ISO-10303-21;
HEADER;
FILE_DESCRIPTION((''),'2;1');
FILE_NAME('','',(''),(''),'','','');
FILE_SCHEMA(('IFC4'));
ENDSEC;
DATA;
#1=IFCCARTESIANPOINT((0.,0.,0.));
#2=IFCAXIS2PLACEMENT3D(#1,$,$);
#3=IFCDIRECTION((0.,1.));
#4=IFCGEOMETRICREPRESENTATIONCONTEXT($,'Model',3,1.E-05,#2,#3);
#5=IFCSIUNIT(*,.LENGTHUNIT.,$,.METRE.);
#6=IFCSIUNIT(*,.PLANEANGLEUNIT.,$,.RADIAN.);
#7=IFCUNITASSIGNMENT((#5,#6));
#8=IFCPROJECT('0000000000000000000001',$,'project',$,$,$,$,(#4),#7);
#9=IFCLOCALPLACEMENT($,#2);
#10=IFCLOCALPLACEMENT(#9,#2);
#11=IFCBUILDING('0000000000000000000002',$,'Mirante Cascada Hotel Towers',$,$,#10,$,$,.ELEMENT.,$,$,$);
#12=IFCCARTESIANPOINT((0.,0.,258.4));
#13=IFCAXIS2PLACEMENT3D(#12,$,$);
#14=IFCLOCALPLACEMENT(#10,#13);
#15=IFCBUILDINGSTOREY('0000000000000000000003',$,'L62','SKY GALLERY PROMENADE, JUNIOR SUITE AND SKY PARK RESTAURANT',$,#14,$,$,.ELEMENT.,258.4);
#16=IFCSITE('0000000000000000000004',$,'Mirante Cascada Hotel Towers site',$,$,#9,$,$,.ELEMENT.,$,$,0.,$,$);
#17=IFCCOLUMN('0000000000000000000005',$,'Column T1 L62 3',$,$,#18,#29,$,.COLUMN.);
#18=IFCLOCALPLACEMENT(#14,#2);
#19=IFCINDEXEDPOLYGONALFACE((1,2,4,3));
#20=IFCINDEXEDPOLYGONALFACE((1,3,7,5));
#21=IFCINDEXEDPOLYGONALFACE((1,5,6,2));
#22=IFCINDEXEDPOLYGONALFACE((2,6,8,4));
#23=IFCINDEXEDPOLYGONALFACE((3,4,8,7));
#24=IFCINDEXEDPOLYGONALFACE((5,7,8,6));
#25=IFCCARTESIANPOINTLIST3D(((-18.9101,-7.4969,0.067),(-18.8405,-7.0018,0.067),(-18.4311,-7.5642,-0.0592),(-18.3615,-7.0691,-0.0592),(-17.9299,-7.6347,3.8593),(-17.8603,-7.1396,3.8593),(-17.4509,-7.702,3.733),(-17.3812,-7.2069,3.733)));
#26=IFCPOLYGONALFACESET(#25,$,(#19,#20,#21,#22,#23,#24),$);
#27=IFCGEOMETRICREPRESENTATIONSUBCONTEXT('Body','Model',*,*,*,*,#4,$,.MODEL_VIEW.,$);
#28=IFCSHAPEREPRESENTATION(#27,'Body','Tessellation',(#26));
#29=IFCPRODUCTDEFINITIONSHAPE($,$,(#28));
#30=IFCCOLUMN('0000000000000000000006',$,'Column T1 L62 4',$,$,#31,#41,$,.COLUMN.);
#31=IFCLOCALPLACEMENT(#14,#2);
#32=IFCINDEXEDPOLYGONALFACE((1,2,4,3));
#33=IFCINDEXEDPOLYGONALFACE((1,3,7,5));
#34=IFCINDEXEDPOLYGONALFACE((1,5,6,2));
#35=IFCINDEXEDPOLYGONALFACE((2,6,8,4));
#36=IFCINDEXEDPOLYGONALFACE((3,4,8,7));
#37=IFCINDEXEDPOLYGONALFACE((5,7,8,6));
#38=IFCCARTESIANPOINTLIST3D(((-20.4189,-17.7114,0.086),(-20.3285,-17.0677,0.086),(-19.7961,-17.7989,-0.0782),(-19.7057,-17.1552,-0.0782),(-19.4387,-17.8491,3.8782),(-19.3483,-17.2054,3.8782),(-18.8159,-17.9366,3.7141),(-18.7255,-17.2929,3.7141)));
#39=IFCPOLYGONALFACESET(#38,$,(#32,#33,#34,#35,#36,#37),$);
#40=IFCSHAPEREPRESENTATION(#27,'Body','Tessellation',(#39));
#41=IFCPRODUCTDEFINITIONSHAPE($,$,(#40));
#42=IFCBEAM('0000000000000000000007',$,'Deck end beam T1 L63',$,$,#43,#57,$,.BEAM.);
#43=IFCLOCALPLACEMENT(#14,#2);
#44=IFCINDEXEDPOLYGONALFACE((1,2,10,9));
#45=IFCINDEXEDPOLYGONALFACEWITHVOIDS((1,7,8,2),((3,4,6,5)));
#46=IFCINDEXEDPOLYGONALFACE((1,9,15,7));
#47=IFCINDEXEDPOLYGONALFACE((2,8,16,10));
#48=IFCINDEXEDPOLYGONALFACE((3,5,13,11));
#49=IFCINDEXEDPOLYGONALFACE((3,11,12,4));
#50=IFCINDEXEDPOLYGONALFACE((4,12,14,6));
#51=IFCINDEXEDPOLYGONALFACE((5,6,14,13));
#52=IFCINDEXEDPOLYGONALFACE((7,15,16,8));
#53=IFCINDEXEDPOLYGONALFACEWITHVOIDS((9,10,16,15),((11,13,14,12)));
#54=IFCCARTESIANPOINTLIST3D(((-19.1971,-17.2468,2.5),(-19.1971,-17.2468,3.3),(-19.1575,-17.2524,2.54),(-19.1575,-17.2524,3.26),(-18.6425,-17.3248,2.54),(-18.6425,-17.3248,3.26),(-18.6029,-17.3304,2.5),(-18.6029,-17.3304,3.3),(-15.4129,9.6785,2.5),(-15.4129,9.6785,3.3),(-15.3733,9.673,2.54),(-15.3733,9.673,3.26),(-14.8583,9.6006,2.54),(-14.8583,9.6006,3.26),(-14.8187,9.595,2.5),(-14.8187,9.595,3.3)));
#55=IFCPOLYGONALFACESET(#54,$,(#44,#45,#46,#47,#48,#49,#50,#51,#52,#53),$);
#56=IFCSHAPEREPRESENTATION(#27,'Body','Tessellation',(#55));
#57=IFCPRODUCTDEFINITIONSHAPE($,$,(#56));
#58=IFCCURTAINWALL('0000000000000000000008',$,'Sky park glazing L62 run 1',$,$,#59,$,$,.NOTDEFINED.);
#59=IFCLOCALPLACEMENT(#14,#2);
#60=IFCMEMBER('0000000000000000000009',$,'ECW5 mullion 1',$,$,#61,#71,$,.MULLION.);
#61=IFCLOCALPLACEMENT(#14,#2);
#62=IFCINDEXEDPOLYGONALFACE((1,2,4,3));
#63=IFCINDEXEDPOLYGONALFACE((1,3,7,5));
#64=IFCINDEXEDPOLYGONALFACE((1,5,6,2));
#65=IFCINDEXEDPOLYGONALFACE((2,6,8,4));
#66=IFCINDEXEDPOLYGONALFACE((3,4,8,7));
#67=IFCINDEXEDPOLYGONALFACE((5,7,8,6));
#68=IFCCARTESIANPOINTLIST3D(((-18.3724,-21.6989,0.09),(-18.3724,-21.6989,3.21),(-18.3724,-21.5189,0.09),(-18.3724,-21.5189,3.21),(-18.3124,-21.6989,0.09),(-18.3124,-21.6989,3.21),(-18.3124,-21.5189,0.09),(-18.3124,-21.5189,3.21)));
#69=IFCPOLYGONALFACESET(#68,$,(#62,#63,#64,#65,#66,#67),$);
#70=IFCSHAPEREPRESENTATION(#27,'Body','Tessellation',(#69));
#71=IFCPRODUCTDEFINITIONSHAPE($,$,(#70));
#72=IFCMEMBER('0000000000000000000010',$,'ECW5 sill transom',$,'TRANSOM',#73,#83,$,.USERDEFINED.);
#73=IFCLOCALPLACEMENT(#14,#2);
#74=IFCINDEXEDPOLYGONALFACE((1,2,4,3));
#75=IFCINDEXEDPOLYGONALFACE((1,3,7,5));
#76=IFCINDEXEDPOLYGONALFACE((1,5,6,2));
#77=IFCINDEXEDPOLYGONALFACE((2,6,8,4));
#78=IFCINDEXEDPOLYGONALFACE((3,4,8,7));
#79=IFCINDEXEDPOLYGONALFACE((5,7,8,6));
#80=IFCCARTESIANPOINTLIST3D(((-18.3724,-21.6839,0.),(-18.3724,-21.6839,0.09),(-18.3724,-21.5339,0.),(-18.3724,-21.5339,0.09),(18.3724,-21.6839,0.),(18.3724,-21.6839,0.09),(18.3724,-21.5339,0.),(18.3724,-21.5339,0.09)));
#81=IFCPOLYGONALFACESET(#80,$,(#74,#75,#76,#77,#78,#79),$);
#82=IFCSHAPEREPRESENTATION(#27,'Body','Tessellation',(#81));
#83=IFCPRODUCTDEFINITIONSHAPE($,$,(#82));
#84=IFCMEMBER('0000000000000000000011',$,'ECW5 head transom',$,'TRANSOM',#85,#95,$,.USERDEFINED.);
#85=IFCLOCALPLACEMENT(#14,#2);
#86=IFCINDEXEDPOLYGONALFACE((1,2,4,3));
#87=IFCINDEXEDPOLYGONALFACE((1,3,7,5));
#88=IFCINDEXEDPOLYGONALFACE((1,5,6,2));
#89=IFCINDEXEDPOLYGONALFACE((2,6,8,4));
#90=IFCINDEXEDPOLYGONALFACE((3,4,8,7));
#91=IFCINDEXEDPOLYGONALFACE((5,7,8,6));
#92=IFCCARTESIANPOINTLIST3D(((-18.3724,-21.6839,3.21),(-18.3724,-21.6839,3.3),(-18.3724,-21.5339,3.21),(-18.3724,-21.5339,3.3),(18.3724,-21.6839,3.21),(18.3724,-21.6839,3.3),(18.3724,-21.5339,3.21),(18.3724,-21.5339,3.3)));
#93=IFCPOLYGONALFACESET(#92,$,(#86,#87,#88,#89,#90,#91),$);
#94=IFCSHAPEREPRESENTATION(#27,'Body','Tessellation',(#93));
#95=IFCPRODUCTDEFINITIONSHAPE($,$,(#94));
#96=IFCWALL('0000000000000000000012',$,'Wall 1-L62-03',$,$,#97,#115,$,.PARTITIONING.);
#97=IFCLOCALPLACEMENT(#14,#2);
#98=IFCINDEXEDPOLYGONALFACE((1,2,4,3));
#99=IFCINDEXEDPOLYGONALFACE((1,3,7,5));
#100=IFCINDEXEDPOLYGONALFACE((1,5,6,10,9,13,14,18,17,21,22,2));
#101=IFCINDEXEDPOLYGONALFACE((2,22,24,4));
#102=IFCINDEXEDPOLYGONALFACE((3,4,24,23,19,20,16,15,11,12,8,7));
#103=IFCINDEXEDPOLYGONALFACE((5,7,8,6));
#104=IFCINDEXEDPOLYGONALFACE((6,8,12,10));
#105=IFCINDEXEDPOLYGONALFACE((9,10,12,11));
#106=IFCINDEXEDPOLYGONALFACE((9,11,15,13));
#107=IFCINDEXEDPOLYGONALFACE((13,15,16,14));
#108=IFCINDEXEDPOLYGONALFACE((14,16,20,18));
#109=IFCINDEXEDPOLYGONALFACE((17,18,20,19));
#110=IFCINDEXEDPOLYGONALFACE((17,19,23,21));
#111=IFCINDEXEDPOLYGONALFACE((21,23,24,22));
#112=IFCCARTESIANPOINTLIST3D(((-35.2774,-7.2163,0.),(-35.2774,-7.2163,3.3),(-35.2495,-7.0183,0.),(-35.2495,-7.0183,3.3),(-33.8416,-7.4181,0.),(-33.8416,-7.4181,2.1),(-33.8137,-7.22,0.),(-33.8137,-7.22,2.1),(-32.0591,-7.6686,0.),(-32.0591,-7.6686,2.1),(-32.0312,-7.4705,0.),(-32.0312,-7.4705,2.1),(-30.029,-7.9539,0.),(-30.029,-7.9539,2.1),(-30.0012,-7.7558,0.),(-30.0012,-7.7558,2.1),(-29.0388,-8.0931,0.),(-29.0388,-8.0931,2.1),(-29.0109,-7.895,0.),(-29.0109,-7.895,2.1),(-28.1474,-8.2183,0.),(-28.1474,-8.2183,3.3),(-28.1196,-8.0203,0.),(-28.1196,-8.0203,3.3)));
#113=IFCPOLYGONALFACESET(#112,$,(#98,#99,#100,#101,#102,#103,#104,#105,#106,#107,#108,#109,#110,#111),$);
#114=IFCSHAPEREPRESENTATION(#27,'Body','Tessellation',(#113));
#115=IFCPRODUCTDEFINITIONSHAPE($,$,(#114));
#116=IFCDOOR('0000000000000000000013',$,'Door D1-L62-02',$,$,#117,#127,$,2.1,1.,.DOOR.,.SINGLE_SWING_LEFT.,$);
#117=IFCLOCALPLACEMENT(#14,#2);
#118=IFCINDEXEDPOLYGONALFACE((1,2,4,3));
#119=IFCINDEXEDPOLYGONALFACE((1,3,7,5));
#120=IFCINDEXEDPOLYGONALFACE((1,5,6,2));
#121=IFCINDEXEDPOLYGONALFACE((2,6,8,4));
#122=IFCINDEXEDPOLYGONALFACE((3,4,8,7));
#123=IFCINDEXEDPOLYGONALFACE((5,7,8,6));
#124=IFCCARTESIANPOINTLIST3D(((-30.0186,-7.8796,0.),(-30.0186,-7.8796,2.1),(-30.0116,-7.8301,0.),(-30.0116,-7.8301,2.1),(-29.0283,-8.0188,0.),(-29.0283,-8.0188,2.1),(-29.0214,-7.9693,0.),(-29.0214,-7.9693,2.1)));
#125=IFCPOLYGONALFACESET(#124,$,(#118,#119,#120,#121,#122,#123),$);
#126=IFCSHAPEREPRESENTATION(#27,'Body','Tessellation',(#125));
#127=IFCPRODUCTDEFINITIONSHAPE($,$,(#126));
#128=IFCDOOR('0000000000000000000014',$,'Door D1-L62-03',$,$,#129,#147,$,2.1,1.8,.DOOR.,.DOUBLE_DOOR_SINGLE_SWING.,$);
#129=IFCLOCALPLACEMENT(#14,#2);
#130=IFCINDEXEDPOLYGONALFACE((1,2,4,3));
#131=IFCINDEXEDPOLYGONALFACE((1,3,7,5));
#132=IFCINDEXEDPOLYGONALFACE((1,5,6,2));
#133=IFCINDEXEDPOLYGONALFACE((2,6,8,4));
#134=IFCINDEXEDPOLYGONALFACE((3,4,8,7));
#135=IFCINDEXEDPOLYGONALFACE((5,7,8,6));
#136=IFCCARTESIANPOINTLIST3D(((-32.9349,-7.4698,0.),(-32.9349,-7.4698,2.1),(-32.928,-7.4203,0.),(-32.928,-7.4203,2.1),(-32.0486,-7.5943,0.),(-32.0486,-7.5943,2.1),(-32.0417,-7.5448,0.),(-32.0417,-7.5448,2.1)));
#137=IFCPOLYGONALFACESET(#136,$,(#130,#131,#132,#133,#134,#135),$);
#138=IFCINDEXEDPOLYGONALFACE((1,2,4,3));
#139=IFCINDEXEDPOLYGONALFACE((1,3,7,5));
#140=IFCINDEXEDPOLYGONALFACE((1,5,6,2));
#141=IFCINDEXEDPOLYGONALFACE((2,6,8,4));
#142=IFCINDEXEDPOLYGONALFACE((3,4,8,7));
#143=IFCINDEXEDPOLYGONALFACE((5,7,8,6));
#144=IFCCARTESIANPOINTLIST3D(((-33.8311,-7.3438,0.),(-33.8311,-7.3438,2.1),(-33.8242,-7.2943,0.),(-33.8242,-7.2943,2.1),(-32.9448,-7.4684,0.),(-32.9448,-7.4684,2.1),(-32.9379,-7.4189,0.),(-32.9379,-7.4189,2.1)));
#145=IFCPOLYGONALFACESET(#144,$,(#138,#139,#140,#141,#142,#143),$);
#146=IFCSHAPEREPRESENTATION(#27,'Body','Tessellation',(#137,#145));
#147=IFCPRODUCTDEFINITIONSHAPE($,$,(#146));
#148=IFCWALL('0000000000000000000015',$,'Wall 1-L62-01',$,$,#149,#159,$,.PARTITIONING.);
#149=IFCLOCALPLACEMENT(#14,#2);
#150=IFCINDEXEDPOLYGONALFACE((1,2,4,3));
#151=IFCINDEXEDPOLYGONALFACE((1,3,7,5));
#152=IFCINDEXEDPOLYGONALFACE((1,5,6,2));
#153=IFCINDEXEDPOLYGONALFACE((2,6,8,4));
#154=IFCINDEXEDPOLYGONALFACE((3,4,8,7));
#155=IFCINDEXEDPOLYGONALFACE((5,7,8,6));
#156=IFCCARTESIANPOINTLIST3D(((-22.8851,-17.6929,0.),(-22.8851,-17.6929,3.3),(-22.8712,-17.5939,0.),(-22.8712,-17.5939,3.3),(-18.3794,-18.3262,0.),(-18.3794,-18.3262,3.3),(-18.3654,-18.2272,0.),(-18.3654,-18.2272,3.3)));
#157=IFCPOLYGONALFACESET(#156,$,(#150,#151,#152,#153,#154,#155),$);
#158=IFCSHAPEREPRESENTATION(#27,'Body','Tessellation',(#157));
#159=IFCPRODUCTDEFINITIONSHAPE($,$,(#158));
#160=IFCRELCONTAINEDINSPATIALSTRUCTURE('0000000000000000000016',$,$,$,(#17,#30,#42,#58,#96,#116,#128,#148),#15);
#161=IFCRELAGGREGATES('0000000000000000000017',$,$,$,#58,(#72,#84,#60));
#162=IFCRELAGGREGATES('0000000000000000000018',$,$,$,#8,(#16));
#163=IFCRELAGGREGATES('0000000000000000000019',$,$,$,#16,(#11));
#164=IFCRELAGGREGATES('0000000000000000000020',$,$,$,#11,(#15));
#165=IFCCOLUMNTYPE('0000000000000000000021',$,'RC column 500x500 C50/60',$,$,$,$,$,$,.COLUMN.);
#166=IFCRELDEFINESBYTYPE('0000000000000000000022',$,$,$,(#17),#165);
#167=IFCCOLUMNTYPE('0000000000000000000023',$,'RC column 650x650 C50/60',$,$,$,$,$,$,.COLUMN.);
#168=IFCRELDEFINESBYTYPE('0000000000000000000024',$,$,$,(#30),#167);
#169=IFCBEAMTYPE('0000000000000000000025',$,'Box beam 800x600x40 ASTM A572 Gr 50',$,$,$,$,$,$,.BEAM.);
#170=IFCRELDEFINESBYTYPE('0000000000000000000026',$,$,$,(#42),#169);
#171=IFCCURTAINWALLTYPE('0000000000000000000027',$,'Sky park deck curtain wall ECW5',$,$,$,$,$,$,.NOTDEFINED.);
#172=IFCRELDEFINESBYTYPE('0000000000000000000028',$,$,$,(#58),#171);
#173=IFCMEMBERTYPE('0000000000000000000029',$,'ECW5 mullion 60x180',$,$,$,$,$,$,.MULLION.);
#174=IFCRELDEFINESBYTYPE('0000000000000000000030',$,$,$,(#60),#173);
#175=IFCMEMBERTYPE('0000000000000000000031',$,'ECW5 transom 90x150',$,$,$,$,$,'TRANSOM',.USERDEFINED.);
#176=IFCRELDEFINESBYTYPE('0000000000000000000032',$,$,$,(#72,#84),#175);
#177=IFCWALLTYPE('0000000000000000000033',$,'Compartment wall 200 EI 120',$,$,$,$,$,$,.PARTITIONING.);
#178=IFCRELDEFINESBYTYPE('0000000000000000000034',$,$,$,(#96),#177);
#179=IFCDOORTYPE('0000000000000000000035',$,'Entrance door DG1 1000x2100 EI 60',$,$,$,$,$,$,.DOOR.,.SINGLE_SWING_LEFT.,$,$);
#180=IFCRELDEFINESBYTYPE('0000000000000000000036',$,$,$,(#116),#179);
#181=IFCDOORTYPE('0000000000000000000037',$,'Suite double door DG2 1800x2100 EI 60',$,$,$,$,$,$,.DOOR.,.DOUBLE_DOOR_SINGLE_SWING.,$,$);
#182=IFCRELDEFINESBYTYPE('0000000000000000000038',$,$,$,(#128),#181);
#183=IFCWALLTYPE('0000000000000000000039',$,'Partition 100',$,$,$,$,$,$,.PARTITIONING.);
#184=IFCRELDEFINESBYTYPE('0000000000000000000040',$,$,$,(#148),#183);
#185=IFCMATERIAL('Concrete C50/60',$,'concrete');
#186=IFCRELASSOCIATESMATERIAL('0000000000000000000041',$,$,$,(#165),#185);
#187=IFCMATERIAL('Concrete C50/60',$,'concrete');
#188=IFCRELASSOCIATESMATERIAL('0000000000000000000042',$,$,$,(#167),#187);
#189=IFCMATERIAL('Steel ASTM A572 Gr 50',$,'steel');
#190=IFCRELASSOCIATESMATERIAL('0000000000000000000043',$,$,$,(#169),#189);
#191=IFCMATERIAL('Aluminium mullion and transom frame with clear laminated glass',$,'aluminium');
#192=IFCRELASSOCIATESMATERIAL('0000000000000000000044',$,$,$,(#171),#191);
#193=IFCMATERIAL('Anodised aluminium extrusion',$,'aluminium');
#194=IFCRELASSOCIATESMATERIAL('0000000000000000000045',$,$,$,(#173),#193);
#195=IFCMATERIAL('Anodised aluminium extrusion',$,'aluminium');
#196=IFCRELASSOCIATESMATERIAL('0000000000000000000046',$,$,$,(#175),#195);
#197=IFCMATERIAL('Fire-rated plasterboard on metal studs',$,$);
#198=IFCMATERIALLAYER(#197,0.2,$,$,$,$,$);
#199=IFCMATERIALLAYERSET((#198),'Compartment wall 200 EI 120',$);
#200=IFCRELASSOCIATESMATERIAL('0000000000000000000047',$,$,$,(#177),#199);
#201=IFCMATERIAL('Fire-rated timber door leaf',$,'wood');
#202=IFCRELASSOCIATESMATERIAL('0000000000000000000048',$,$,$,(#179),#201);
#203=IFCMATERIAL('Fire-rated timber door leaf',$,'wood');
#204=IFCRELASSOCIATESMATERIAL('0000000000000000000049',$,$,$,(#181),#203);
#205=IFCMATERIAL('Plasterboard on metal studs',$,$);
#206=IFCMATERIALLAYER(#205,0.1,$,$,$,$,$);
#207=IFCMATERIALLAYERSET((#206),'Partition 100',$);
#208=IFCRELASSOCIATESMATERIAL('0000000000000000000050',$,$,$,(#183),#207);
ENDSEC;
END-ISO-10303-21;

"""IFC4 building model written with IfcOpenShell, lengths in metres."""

from ifc_helpers import new_model, si_unit, direction, frame, frame_2d, origin, origin_2d, place, context, subcontext, project, spatial, rectangle, hollow_rectangle, extrude, material, layer, layer_set, material_profile, profile_set, type_object, element, fill, aggregate, save


model = new_model("IFC4")

# Units and contexts
model_context = context("Model", 3, precision=1e-05, world=origin(), true_north=direction((0.0, 1.0)))
body_context = subcontext(model_context, "Body", "Model", "MODEL_VIEW")
ifc_project = project(units=[si_unit("LENGTHUNIT", "METRE"), si_unit("PLANEANGLEUNIT", "RADIAN")], contexts=[model_context])

# Site, building, storey
site_placement = place(None, origin())
site = spatial("IfcSite", under=ifc_project, at=site_placement, Name="Mirante Cascada Hotel Towers site", CompositionType="ELEMENT", RefElevation=0.0)
building_placement = place(site_placement, origin())
building = spatial("IfcBuilding", under=site, at=building_placement, Name="Mirante Cascada Hotel Towers", CompositionType="ELEMENT")
storey_placement = place(building_placement, frame((0.0, 0.0, 258.4)))
storey = spatial("IfcBuildingStorey", under=building, at=storey_placement, Name="L62", Description="SKY GALLERY PROMENADE, JUNIOR SUITE AND SKY PARK RESTAURANT", CompositionType="ELEMENT", Elevation=258.4)

# Columns
ifc_material_1 = material(Name="Concrete C50/60", Category="concrete")
ifc_material_profile_1 = material_profile(ifc_material_1, rectangle(XDim=0.5, YDim=0.5, at=origin_2d()), Name="RC column 500x500 C50/60")
ifc_profile_set_1 = profile_set([ifc_material_profile_1], Name="Concrete C50/60")
column_type_1 = type_object("IfcColumnType", Name="RC column 500x500 C50/60", PredefinedType="COLUMN", material=ifc_profile_set_1)
column_1_placement = place(storey_placement, frame((-18.6358, -7.283, 0.0039), z_axis=(0.250099, -0.03516, 0.967582), x_axis=(0.139215, 0.990262, 0.0)))
element("IfcColumn", 1, at=column_1_placement, inside=storey, type_object=column_type_1, Name="Column T1 L62 3", PredefinedType="COLUMN", context=body_context, shape_type="SweptSolid", body=[
    extrude(rectangle(XDim=0.5, YDim=0.5, at=origin_2d()), origin(), (0.0, 0.0, 1.0), 3.9193),
])
ifc_material_2 = material(Name="Concrete C50/60", Category="concrete")
ifc_material_profile_2 = material_profile(ifc_material_2, rectangle(XDim=0.65, YDim=0.65, at=origin_2d()), Name="RC column 650x650 C50/60")
ifc_profile_set_2 = profile_set([ifc_material_profile_2], Name="Concrete C50/60")
column_type_2 = type_object("IfcColumnType", Name="RC column 650x650 C50/60", PredefinedType="COLUMN", material=ifc_profile_set_2)
column_2_placement = place(storey_placement, frame((-20.0623, -17.4333, 0.0039), z_axis=(0.250099, -0.035134, 0.967583), x_axis=(0.139116, 0.990276, 0.0)))
element("IfcColumn", 2, at=column_2_placement, inside=storey, type_object=column_type_2, Name="Column T1 L62 4", PredefinedType="COLUMN", context=body_context, shape_type="SweptSolid", body=[
    extrude(rectangle(XDim=0.65, YDim=0.65, at=origin_2d()), origin(), (0.0, 0.0, 1.0), 3.9193),
])

# Beam
ifc_material_3 = material(Name="Steel ASTM A572 Gr 50", Category="steel")
ifc_material_profile_3 = material_profile(ifc_material_3, hollow_rectangle(XDim=0.6, YDim=0.8, WallThickness=0.04, at=origin_2d()), Name="Box beam 800x600x40 ASTM A572 Gr 50")
ifc_profile_set_3 = profile_set([ifc_material_profile_3], Name="Steel ASTM A572 Gr 50")
beam_type = type_object("IfcBeamType", Name="Box beam 800x600x40 ASTM A572 Gr 50", PredefinedType="BEAM", material=ifc_profile_set_3)
beam_placement = place(storey_placement, frame((-18.9, -17.2886, 2.9), z_axis=(0.139176, 0.990268, 0.0), x_axis=(-0.990268, 0.139176, 0.0)))
element("IfcBeam", 3, at=beam_placement, inside=storey, type_object=beam_type, Name="Deck end beam T1 L63", PredefinedType="BEAM", context=body_context, shape_type="SweptSolid", body=[
    extrude(hollow_rectangle(XDim=0.6, YDim=0.8, WallThickness=0.04, at=origin_2d()), origin(), (0.0, 0.0, 1.0), 27.19),
])

# Curtain wall, members
ifc_material_4 = material(Name="Aluminium mullion and transom frame with clear laminated glass", Category="aluminium")
curtain_wall_type = type_object("IfcCurtainWallType", Name="Sky park deck curtain wall ECW5", PredefinedType="NOTDEFINED", material=ifc_material_4)
curtain_wall_placement = place(storey_placement, origin())
curtain_wall = element("IfcCurtainWall", 4, at=curtain_wall_placement, inside=storey, type_object=curtain_wall_type, Name="Sky park glazing L62 run 1", PredefinedType="NOTDEFINED")
ifc_material_5 = material(Name="Anodised aluminium extrusion", Category="aluminium")
ifc_material_profile_4 = material_profile(ifc_material_5, rectangle(XDim=0.18, YDim=0.06, at=origin_2d()), Name="ECW5 MULLION 60x180")
ifc_profile_set_4 = profile_set([ifc_material_profile_4], Name="Anodised aluminium extrusion")
member_type_1 = type_object("IfcMemberType", Name="ECW5 mullion 60x180", PredefinedType="MULLION", material=ifc_profile_set_4)
member_1_placement = place(storey_placement, frame((-18.3424, -21.6089, 0.09), z_axis=(0.0, 0.0, 1.0), x_axis=(0.0, 1.0, 0.0)))
member_1 = element("IfcMember", 5, at=member_1_placement, type_object=member_type_1, Name="ECW5 mullion 1", PredefinedType="MULLION", context=body_context, shape_type="SweptSolid", body=[
    extrude(rectangle(XDim=0.18, YDim=0.06, at=origin_2d()), origin(), (0.0, 0.0, 1.0), 3.12),
])
ifc_material_6 = material(Name="Anodised aluminium extrusion", Category="aluminium")
ifc_material_profile_5 = material_profile(ifc_material_6, rectangle(XDim=0.15, YDim=0.09, at=origin_2d()), Name="ECW5 TRANSOM 90x150")
ifc_profile_set_5 = profile_set([ifc_material_profile_5], Name="Anodised aluminium extrusion")
member_type_2 = type_object("IfcMemberType", Name="ECW5 transom 90x150", ElementType="TRANSOM", PredefinedType="USERDEFINED", material=ifc_profile_set_5)
member_2_placement = place(storey_placement, frame((-18.3724, -21.6089, 0.045), z_axis=(1.0, 0.0, 0.0), x_axis=(0.0, 1.0, 0.0)))
member_2 = element("IfcMember", 6, at=member_2_placement, type_object=member_type_2, Name="ECW5 sill transom", ObjectType="TRANSOM", PredefinedType="USERDEFINED", context=body_context, shape_type="SweptSolid", body=[
    extrude(rectangle(XDim=0.15, YDim=0.09, at=origin_2d()), origin(), (0.0, 0.0, 1.0), 36.7448),
])
member_3_placement = place(storey_placement, frame((-18.3724, -21.6089, 3.255), z_axis=(1.0, 0.0, 0.0), x_axis=(0.0, 1.0, 0.0)))
member_3 = element("IfcMember", 7, at=member_3_placement, type_object=member_type_2, Name="ECW5 head transom", ObjectType="TRANSOM", PredefinedType="USERDEFINED", context=body_context, shape_type="SweptSolid", body=[
    extrude(rectangle(XDim=0.15, YDim=0.09, at=origin_2d()), origin(), (0.0, 0.0, 1.0), 36.7448),
])
aggregate(curtain_wall, [member_2, member_3, member_1])

# Wall, openings, doors
ifc_material_7 = material(Name="Fire-rated plasterboard on metal studs")
ifc_layer_1 = layer(ifc_material_7, 0.2)
ifc_layer_set_1 = layer_set([ifc_layer_1], Name="Compartment wall 200 EI 120")
wall_type_1 = type_object("IfcWallType", Name="Compartment wall 200 EI 120", PredefinedType="PARTITIONING", material=ifc_layer_set_1)
wall_1_placement = place(storey_placement, frame((-28.1335, -8.1193, 0.0), z_axis=(0.0, 0.0, 1.0), x_axis=(-0.990269, 0.139167, 0.0)))
wall_1 = element("IfcWall", 8, at=wall_1_placement, inside=storey, type_object=wall_type_1, Name="Wall 1-L62-03", PredefinedType="PARTITIONING", context=body_context, shape_type="SweptSolid", body=[
    extrude(rectangle(XDim=7.2, YDim=0.2, at=frame_2d((3.6, 0.0))), origin(), (0.0, 0.0, 1.0), 3.3),
])
opening_1_placement = place(wall_1_placement, frame((0.9001, 0.0, 0.0)))
opening_1 = element("IfcOpeningElement", 9, at=opening_1_placement, cuts=wall_1, PredefinedType="OPENING", context=body_context, shape_type="SweptSolid", body=[
    extrude(rectangle(XDim=1.0, YDim=2.1, at=frame_2d((0.5, 1.05))), frame((0.0, 0.1, 0.0), z_axis=(0.0, -1.0, 0.0), x_axis=(1.0, 0.0, 0.0)), (0.0, 0.0, 1.0), 0.2),
])
opening_2_placement = place(wall_1_placement, frame((3.9501, 0.0, 0.0)))
opening_2 = element("IfcOpeningElement", 10, at=opening_2_placement, cuts=wall_1, PredefinedType="OPENING", context=body_context, shape_type="SweptSolid", body=[
    extrude(rectangle(XDim=1.8, YDim=2.1, at=frame_2d((0.9, 1.05))), frame((0.0, 0.1, 0.0), z_axis=(0.0, -1.0, 0.0), x_axis=(1.0, 0.0, 0.0)), (0.0, 0.0, 1.0), 0.2),
])
ifc_material_8 = material(Name="Fire-rated timber door leaf", Category="wood")
door_type_1 = type_object("IfcDoorType", Name="Entrance door DG1 1000x2100 EI 60", OperationType="SINGLE_SWING_LEFT", PredefinedType="DOOR", material=ifc_material_8)
door_1_placement = place(opening_1_placement, origin())
door_1 = element("IfcDoor", 11, at=door_1_placement, inside=storey, type_object=door_type_1, Name="Door D1-L62-02", OperationType="SINGLE_SWING_LEFT", OverallHeight=2.1, OverallWidth=1.0, PredefinedType="DOOR", context=body_context, shape_type="SweptSolid", body=[
    extrude(rectangle(XDim=1.0, YDim=2.1, at=frame_2d((0.5, 1.05))), frame((0.0, 0.025, 0.0), z_axis=(0.0, -1.0, 0.0), x_axis=(1.0, 0.0, 0.0)), (0.0, 0.0, 1.0), 0.05),
])
fill(opening_1, door_1)
ifc_material_9 = material(Name="Fire-rated timber door leaf", Category="wood")
door_type_2 = type_object("IfcDoorType", Name="Suite double door DG2 1800x2100 EI 60", OperationType="DOUBLE_DOOR_SINGLE_SWING", PredefinedType="DOOR", material=ifc_material_9)
door_2_placement = place(opening_2_placement, origin())
door_2 = element("IfcDoor", 12, at=door_2_placement, inside=storey, type_object=door_type_2, Name="Door D1-L62-03", OperationType="DOUBLE_DOOR_SINGLE_SWING", OverallHeight=2.1, OverallWidth=1.8, PredefinedType="DOOR", context=body_context, shape_type="SweptSolid", body=[
    extrude(rectangle(XDim=0.895, YDim=2.1, at=frame_2d((0.4475, 1.05))), frame((0.0, 0.025, 0.0), z_axis=(0.0, -1.0, 0.0), x_axis=(1.0, 0.0, 0.0)), (0.0, 0.0, 1.0), 0.05),
    extrude(rectangle(XDim=0.895, YDim=2.1, at=frame_2d((1.3525, 1.05))), frame((0.0, 0.025, 0.0), z_axis=(0.0, -1.0, 0.0), x_axis=(1.0, 0.0, 0.0)), (0.0, 0.0, 1.0), 0.05),
])
fill(opening_2, door_2)

# Wall
ifc_material_10 = material(Name="Plasterboard on metal studs")
ifc_layer_2 = layer(ifc_material_10, 0.1)
ifc_layer_set_2 = layer_set([ifc_layer_2], Name="Partition 100")
wall_type_2 = type_object("IfcWallType", Name="Partition 100", PredefinedType="PARTITIONING", material=ifc_layer_set_2)
wall_2_placement = place(storey_placement, frame((-18.3724, -18.2767, 0.0), z_axis=(0.0, 0.0, 1.0), x_axis=(-0.990266, 0.139187, 0.0)))
element("IfcWall", 13, at=wall_2_placement, inside=storey, type_object=wall_type_2, Name="Wall 1-L62-01", PredefinedType="PARTITIONING", context=body_context, shape_type="SweptSolid", body=[
    extrude(rectangle(XDim=4.55, YDim=0.1, at=frame_2d((2.275, 0.0))), origin(), (0.0, 0.0, 1.0), 3.3),
])

save(model, "model.ifc")
